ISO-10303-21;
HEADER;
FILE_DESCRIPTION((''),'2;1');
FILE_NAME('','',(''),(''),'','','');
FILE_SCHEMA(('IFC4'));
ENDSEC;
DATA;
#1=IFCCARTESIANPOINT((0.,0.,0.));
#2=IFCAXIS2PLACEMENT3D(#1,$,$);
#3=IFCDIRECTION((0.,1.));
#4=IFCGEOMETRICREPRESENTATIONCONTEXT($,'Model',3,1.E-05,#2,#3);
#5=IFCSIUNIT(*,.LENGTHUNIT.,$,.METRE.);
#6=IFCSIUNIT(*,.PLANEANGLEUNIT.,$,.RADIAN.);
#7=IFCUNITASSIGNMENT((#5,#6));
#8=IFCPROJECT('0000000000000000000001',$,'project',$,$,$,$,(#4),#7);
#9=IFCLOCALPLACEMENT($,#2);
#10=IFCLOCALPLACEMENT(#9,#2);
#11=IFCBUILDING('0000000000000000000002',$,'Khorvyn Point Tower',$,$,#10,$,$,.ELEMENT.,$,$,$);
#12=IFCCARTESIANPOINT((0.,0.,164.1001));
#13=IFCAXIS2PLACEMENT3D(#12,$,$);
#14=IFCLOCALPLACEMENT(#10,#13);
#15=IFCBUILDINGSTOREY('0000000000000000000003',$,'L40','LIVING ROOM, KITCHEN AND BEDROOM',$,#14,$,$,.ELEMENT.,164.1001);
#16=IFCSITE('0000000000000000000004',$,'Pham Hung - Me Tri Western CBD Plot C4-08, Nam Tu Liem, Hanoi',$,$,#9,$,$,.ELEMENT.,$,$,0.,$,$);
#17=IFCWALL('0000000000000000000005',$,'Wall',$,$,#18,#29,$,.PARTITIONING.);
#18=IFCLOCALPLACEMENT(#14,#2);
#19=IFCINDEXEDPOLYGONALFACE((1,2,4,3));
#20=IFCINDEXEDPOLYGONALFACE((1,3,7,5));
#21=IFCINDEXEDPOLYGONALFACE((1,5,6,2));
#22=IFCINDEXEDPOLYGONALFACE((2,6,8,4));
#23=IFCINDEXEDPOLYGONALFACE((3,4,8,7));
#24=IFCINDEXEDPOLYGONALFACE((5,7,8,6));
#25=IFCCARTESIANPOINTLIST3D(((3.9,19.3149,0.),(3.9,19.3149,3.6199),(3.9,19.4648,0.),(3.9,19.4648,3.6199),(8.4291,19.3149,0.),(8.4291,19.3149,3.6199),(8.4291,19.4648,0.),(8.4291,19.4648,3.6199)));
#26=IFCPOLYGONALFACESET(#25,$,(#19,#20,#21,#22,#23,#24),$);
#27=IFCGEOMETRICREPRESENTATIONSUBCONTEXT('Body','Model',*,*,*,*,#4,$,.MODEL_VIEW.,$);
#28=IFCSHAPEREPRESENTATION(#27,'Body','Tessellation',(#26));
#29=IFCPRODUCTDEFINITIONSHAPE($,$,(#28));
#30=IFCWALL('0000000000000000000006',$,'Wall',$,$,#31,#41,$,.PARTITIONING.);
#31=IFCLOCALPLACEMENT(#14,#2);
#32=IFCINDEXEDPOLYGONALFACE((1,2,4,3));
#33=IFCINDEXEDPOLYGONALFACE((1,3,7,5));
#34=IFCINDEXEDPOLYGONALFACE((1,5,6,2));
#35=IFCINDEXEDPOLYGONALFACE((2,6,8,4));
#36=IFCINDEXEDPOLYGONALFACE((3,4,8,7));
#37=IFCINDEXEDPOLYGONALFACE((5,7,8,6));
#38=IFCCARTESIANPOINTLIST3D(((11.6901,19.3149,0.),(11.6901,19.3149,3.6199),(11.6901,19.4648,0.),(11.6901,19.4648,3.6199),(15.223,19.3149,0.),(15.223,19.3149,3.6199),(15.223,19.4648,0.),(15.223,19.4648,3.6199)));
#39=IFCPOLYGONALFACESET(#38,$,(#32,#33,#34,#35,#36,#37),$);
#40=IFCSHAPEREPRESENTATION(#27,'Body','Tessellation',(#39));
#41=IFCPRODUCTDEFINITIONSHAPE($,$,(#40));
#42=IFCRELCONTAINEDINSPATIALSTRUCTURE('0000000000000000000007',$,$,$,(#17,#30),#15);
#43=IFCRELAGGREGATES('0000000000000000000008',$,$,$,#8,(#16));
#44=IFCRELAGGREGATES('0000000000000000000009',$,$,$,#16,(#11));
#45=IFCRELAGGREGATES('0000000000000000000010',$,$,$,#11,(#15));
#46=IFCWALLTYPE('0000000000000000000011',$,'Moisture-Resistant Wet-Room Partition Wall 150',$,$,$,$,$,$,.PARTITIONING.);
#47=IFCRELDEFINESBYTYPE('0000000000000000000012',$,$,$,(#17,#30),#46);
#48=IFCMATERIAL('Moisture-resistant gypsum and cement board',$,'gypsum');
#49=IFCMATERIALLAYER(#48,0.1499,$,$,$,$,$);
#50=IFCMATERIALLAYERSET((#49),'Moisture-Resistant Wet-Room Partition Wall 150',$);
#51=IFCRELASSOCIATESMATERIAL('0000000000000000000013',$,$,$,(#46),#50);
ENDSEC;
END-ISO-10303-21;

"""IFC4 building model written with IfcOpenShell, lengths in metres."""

from ifc_helpers import new_model, si_unit, direction, frame, frame_2d, origin, place, context, subcontext, project, spatial, rectangle, extrude, material, layer, layer_set, type_object, element, save


model = new_model("IFC4")

# Units and contexts
model_context = context("Model", 3, precision=1e-05, world=origin(), true_north=direction((0.0, 1.0)))
body_context = subcontext(model_context, "Body", "Model", "MODEL_VIEW")
ifc_project = project(units=[si_unit("LENGTHUNIT", "METRE"), si_unit("PLANEANGLEUNIT", "RADIAN")], contexts=[model_context])

# Site, building, storey
site_placement = place(None, origin())
site = spatial("IfcSite", under=ifc_project, at=site_placement, Name="Pham Hung - Me Tri Western CBD Plot C4-08, Nam Tu Liem, Hanoi", CompositionType="ELEMENT", RefElevation=0.0)
building_placement = place(site_placement, origin())
building = spatial("IfcBuilding", under=site, at=building_placement, Name="Khorvyn Point Tower", CompositionType="ELEMENT")
storey_placement = place(building_placement, frame((0.0, 0.0, 164.1001)))
storey = spatial("IfcBuildingStorey", under=building, at=storey_placement, Name="L40", Description="LIVING ROOM, KITCHEN AND BEDROOM", CompositionType="ELEMENT", Elevation=164.1001)

# Shared definitions
ifc_material_1 = material(Name="Moisture-resistant gypsum and cement board", Category="gypsum")
ifc_layer_1 = layer(ifc_material_1, 0.1499)
ifc_layer_set_1 = layer_set([ifc_layer_1], Name="Moisture-Resistant Wet-Room Partition Wall 150")
wall_type_1 = type_object("IfcWallType", Name="Moisture-Resistant Wet-Room Partition Wall 150", PredefinedType="PARTITIONING", material=ifc_layer_set_1)

# Walls
wall_1_placement = place(storey_placement, frame((3.8999, 19.3899, 0.0), z_axis=(0.0, 0.0, 1.0), x_axis=(1.0, 0.0, 0.0)))
element("IfcWall", 1, at=wall_1_placement, inside=storey, type_object=wall_type_1, Name="Wall", PredefinedType="PARTITIONING", context=body_context, shape_type="SweptSolid", body=[
    extrude(rectangle(XDim=4.5291, YDim=0.1499, at=frame_2d((2.2646, 0.0))), origin(), (0.0, 0.0, 1.0), 3.6199),
])
wall_2_placement = place(storey_placement, frame((11.6899, 19.3899, 0.0), z_axis=(0.0, 0.0, 1.0), x_axis=(1.0, 0.0, 0.0)))
element("IfcWall", 2, at=wall_2_placement, inside=storey, type_object=wall_type_1, Name="Wall", PredefinedType="PARTITIONING", context=body_context, shape_type="SweptSolid", body=[
    extrude(rectangle(XDim=3.533, YDim=0.1499, at=frame_2d((1.7666, 0.0))), origin(), (0.0, 0.0, 1.0), 3.6199),
])

save(model, "model.ifc")
